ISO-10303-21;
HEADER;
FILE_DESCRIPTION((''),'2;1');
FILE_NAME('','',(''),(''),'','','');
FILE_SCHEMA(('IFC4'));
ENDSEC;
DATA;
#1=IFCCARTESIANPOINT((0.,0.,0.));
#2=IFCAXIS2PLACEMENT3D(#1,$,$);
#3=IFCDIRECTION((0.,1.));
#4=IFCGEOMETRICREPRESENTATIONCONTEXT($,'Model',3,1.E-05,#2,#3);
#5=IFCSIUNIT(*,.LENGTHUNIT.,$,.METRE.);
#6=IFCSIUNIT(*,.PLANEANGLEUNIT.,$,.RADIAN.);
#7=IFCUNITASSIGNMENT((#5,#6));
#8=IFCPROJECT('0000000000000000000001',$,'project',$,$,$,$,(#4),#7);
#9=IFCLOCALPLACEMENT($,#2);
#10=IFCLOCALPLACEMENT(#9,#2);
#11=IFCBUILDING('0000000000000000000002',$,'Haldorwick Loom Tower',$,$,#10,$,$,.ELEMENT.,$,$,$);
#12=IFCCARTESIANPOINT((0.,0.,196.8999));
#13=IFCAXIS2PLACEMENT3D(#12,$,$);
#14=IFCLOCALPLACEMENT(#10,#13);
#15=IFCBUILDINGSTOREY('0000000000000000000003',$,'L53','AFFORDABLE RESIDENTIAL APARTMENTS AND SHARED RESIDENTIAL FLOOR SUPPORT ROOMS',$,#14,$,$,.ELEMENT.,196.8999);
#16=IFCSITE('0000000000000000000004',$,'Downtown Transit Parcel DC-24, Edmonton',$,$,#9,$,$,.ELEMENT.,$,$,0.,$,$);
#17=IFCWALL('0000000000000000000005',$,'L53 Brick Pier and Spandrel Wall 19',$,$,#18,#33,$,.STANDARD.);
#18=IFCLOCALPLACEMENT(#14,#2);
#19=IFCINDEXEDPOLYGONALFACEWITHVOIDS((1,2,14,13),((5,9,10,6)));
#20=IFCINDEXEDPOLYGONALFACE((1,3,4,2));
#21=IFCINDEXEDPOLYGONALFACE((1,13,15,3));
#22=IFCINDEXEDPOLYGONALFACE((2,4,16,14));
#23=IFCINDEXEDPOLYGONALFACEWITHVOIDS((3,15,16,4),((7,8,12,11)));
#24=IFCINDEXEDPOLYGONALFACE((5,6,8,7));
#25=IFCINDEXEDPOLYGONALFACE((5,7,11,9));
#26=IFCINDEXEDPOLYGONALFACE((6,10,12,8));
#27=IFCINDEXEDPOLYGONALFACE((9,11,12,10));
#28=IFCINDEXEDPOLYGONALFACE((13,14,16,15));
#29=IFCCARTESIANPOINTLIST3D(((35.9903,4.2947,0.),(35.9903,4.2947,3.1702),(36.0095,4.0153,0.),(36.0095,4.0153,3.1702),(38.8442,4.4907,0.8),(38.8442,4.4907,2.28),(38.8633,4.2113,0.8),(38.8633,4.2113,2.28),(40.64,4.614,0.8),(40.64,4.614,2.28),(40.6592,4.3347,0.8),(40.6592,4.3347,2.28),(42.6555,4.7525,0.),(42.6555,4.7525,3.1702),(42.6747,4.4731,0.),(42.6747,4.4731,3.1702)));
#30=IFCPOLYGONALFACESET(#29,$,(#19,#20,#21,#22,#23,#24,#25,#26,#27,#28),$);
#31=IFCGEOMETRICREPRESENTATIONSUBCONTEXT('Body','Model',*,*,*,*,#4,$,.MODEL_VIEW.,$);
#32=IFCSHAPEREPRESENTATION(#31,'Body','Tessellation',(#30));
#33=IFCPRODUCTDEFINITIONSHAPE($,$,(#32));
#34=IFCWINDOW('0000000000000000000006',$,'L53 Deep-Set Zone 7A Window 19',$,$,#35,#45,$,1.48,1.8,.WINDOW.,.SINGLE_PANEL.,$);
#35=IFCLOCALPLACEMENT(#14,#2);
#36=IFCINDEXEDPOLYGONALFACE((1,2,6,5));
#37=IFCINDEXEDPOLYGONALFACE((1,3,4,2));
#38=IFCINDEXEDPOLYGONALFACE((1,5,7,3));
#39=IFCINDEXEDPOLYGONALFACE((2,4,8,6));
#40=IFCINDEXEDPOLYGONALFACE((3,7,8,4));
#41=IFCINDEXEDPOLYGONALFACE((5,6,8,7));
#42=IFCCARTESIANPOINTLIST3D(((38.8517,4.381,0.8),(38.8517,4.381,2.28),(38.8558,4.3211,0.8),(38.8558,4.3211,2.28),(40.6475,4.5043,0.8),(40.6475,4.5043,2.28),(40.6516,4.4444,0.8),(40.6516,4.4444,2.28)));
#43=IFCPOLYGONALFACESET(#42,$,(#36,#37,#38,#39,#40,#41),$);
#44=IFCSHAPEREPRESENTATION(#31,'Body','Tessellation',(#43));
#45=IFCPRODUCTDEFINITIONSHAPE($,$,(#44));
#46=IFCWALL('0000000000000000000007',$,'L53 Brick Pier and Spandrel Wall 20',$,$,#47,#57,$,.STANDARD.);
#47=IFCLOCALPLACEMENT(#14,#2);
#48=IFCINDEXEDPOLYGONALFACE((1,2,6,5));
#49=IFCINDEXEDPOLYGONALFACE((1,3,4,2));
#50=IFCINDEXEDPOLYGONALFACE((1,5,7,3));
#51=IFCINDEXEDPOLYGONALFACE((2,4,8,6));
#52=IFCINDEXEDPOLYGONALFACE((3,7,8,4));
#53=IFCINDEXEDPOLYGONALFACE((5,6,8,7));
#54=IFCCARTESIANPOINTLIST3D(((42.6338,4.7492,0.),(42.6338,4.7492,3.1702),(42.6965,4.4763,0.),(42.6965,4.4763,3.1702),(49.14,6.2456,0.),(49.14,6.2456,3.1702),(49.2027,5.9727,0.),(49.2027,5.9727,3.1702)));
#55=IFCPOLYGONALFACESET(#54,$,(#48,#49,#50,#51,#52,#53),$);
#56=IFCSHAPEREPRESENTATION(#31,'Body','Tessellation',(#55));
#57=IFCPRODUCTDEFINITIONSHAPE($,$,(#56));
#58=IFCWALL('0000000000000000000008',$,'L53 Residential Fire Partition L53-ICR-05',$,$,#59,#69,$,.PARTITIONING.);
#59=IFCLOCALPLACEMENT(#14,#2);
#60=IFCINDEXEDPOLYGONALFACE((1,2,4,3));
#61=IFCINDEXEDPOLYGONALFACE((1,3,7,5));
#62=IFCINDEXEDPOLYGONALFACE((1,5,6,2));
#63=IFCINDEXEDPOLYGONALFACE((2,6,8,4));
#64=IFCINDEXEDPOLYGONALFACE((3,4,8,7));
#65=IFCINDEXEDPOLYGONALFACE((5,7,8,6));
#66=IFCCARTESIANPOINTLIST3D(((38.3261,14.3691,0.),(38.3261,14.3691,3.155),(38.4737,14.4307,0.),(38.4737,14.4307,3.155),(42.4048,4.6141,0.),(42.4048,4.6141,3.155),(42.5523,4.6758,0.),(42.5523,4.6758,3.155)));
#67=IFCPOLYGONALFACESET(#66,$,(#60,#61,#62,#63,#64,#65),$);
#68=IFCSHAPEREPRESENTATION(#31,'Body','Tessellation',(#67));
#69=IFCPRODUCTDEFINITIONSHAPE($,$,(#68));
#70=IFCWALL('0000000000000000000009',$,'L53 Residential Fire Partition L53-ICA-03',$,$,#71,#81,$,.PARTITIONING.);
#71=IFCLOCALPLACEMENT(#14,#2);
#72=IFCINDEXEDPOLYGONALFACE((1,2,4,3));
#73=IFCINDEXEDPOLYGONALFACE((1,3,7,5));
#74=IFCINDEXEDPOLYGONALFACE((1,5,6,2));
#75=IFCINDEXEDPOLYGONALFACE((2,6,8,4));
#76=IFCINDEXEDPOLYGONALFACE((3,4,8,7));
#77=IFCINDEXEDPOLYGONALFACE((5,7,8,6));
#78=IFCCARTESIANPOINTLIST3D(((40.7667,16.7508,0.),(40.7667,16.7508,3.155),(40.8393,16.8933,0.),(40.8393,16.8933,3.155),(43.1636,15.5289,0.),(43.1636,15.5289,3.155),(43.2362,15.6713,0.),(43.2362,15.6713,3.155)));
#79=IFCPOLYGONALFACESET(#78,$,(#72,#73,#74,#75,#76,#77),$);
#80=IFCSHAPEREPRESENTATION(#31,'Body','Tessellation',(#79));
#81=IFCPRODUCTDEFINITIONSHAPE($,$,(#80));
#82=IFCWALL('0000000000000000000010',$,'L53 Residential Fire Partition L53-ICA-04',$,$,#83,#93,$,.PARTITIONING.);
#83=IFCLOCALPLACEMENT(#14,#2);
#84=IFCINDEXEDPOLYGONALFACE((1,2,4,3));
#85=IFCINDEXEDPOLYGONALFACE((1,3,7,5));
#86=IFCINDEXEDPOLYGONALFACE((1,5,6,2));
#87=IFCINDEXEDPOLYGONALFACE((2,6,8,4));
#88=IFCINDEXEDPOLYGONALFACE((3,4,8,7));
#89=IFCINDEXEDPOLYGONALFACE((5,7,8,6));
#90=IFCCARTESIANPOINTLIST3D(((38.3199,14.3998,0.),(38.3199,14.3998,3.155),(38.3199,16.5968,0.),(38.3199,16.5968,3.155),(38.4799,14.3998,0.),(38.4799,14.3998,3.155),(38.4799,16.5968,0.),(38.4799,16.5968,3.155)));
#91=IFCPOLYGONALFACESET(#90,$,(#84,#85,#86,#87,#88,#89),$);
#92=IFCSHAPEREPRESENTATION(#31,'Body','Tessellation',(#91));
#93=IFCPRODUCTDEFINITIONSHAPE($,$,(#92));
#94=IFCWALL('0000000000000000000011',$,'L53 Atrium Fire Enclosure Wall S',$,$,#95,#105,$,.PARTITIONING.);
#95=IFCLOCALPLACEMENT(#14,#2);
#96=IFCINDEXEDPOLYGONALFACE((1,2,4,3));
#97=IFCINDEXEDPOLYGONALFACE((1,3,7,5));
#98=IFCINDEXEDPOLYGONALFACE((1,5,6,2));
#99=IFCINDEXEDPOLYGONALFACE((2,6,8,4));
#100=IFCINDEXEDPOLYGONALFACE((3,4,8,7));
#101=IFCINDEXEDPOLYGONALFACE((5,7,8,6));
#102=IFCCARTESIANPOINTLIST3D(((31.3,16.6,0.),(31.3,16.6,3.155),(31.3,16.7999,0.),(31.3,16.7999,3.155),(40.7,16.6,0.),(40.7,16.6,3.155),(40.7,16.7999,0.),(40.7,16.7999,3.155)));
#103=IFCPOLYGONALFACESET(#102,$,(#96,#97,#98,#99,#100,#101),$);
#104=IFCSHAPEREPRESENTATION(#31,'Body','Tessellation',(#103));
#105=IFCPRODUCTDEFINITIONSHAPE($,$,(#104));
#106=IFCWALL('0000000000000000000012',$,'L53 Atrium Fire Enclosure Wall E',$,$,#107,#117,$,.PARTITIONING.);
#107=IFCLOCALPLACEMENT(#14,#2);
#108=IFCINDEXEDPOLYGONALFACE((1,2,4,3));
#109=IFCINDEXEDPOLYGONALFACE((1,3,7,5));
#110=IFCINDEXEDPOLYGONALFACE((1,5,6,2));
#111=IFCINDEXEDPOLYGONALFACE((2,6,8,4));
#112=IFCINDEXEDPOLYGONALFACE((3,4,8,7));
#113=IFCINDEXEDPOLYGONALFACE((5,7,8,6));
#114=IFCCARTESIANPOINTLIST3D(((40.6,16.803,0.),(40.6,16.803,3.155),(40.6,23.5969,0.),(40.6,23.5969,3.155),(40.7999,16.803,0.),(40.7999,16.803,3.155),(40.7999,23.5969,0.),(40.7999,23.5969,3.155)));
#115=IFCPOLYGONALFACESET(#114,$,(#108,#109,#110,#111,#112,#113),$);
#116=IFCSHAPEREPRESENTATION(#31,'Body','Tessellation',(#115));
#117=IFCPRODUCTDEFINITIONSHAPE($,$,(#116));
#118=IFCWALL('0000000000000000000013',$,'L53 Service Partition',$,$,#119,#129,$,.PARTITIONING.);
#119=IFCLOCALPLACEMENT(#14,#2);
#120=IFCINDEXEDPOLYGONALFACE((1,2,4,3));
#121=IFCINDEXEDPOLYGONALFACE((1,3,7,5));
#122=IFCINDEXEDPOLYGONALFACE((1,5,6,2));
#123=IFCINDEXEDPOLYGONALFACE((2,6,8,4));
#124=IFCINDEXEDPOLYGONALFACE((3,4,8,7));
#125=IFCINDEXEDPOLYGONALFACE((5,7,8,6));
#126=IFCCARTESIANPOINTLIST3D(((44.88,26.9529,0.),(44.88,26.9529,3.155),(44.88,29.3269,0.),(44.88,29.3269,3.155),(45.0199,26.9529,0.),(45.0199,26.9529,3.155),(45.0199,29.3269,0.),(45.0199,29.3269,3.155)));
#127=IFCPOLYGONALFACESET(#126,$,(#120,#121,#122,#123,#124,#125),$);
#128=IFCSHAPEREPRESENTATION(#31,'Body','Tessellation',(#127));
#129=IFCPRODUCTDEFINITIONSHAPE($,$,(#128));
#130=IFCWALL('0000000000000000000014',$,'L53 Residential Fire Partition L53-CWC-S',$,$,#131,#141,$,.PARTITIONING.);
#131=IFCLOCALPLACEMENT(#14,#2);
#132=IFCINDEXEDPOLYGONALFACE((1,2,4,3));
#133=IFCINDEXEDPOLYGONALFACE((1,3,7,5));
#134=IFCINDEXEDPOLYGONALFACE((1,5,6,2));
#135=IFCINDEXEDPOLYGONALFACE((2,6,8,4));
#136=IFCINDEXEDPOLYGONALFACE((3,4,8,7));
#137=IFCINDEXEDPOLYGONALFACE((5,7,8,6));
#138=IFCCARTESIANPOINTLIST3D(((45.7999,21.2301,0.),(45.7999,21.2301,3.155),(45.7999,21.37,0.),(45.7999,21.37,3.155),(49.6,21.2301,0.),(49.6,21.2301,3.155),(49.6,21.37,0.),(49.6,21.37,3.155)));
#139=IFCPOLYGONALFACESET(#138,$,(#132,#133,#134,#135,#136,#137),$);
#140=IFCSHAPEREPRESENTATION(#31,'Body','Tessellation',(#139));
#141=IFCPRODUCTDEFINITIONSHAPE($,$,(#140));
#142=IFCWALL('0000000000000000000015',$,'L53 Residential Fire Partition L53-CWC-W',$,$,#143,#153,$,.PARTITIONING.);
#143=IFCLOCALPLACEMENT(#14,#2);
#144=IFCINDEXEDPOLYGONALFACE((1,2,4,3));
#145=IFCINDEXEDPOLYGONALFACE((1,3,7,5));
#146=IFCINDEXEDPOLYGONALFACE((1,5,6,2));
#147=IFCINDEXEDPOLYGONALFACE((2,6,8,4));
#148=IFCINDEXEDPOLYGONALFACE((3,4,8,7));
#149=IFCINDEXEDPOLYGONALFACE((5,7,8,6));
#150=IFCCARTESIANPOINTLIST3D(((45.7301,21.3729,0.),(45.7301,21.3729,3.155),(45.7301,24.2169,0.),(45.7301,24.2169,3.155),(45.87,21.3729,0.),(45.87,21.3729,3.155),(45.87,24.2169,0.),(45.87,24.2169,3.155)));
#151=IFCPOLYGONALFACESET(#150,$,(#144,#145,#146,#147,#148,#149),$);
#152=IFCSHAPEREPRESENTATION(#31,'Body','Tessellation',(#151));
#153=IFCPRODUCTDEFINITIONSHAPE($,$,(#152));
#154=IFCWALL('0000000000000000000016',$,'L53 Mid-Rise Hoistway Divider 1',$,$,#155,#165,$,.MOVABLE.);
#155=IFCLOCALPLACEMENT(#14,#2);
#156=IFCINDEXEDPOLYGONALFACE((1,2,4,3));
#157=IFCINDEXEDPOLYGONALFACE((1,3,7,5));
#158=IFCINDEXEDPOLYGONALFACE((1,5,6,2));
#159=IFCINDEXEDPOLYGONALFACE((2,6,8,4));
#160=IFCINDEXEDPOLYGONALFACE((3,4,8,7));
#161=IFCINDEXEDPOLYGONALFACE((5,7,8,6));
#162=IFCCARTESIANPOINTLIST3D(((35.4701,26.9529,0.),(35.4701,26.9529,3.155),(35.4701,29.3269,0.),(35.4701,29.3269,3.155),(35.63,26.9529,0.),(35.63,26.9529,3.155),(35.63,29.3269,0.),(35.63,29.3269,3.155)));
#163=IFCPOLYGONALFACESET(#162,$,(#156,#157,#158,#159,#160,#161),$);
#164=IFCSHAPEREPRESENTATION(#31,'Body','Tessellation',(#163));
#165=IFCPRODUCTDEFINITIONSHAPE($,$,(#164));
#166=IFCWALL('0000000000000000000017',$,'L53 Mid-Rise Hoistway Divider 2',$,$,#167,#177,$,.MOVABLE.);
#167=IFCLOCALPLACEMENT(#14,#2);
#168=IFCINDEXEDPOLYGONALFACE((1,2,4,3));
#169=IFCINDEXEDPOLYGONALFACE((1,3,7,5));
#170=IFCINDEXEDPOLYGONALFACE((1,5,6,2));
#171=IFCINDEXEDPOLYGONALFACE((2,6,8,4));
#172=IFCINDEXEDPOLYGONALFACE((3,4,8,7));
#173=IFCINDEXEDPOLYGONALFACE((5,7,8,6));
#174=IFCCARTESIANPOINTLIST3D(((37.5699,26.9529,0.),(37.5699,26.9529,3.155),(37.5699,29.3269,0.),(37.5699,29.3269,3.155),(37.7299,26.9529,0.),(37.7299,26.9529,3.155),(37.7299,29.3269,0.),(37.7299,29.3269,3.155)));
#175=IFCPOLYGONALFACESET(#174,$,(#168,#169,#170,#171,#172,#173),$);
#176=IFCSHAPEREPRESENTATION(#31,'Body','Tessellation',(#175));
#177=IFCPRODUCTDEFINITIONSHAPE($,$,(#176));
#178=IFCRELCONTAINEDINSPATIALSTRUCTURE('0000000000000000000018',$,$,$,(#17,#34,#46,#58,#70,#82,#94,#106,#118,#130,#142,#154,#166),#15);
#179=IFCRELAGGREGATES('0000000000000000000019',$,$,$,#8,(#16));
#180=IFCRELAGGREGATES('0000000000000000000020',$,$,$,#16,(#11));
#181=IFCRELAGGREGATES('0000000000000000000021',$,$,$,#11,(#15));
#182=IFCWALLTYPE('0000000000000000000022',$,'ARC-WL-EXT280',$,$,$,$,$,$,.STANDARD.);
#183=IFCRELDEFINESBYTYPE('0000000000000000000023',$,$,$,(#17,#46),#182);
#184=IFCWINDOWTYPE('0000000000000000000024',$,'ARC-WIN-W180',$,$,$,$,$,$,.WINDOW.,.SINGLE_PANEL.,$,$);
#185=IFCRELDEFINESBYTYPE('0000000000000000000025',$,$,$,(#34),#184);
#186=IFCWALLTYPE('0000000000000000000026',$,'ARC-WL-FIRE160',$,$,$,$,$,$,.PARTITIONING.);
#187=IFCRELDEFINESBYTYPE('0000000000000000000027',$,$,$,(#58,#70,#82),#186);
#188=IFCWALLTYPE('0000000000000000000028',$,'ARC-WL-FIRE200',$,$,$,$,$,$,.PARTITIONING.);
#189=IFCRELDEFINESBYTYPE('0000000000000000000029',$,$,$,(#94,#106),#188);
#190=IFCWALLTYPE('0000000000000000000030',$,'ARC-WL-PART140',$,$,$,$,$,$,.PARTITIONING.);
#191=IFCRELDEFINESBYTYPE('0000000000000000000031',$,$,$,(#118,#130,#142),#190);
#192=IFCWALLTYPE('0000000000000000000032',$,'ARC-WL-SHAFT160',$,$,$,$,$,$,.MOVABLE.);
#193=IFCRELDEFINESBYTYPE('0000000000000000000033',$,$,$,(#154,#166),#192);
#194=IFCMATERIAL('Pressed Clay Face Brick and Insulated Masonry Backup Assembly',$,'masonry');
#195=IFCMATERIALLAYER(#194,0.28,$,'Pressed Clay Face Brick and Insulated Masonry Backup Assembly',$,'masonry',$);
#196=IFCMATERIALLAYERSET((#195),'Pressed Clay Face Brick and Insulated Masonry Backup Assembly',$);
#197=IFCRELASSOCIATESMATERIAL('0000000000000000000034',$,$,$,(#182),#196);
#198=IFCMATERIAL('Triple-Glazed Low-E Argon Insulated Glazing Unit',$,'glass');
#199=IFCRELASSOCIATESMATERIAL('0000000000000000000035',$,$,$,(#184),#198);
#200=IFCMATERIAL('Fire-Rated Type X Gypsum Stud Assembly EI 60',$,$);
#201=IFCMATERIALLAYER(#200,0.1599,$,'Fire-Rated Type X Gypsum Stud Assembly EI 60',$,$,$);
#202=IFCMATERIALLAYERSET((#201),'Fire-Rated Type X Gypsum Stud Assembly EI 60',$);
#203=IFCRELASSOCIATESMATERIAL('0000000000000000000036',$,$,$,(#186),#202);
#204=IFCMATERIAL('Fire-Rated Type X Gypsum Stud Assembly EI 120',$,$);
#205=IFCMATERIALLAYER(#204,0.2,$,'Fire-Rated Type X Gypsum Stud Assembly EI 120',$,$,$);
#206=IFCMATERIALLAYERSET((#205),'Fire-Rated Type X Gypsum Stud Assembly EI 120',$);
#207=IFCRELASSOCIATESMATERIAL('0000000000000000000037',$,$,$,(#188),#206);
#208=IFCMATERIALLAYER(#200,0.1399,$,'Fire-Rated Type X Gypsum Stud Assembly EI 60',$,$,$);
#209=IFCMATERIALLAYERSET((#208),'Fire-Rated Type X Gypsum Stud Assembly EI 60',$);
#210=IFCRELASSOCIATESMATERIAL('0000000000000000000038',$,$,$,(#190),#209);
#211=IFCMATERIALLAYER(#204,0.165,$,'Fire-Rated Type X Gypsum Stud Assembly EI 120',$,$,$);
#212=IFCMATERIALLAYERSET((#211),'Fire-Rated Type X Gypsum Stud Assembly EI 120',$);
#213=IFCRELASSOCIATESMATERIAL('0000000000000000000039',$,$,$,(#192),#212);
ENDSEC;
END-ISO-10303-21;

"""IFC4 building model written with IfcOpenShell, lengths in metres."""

from ifc_helpers import new_model, si_unit, direction, frame, frame_2d, origin, place, context, subcontext, project, spatial, rectangle, extrude, material, layer, layer_set, type_object, element, fill, save


model = new_model("IFC4")

# Units and contexts
model_context = context("Model", 3, precision=1e-05, world=origin(), true_north=direction((0.0, 1.0)))
body_context = subcontext(model_context, "Body", "Model", "MODEL_VIEW")
ifc_project = project(units=[si_unit("LENGTHUNIT", "METRE"), si_unit("PLANEANGLEUNIT", "RADIAN")], contexts=[model_context])

# Site, building, storey
site_placement = place(None, origin())
site = spatial("IfcSite", under=ifc_project, at=site_placement, Name="Downtown Transit Parcel DC-24, Edmonton", CompositionType="ELEMENT", RefElevation=0.0)
building_placement = place(site_placement, origin())
building = spatial("IfcBuilding", under=site, at=building_placement, Name="Haldorwick Loom Tower", CompositionType="ELEMENT")
storey_placement = place(building_placement, frame((0.0, 0.0, 196.8999)))
storey = spatial("IfcBuildingStorey", under=building, at=storey_placement, Name="L53", Description="AFFORDABLE RESIDENTIAL APARTMENTS AND SHARED RESIDENTIAL FLOOR SUPPORT ROOMS", CompositionType="ELEMENT", Elevation=196.8999)

# Wall, opening, window
ifc_material_1 = material(Name="Pressed Clay Face Brick and Insulated Masonry Backup Assembly", Category="masonry")
ifc_layer_1 = layer(ifc_material_1, 0.28, Name="Pressed Clay Face Brick and Insulated Masonry Backup Assembly", Category="masonry")
ifc_layer_set_1 = layer_set([ifc_layer_1], Name="Pressed Clay Face Brick and Insulated Masonry Backup Assembly")
wall_type_1 = type_object("IfcWallType", Name="ARC-WL-EXT280", PredefinedType="STANDARD", material=ifc_layer_set_1)
wall_1_placement = place(storey_placement, frame((36.0, 4.155, 0.0), z_axis=(0.0, 0.0, 1.0), x_axis=(0.99765, 0.068517, 0.0)))
wall_1 = element("IfcWall", 1, at=wall_1_placement, inside=storey, type_object=wall_type_1, Name="L53 Brick Pier and Spandrel Wall 19", PredefinedType="STANDARD", context=body_context, shape_type="SweptSolid", body=[
    extrude(rectangle(XDim=6.6809, YDim=0.28, at=frame_2d((3.3403, 0.0))), origin(), (0.0, 0.0, 1.0), 3.1702),
])
opening_placement = place(wall_1_placement, frame((2.8606, 0.0, 0.8)))
opening = element("IfcOpeningElement", 2, at=opening_placement, cuts=wall_1, PredefinedType="OPENING", context=body_context, shape_type="SweptSolid", body=[
    extrude(rectangle(XDim=1.8, YDim=1.48, at=frame_2d((0.8999, 0.74))), frame((0.0, 0.1499, 0.0), z_axis=(0.0, -1.0, 0.0), x_axis=(1.0, 0.0, 0.0)), (0.0, 0.0, 1.0), 0.3),
])
ifc_material_2 = material(Name="Triple-Glazed Low-E Argon Insulated Glazing Unit", Category="glass")
window_type = type_object("IfcWindowType", Name="ARC-WIN-W180", PartitioningType="SINGLE_PANEL", PredefinedType="WINDOW", material=ifc_material_2)
window_placement = place(opening_placement, origin())
window = element("IfcWindow", 3, at=window_placement, inside=storey, type_object=window_type, Name="L53 Deep-Set Zone 7A Window 19", OverallHeight=1.48, OverallWidth=1.8, PartitioningType="SINGLE_PANEL", PredefinedType="WINDOW", context=body_context, shape_type="SweptSolid", body=[
    extrude(rectangle(XDim=1.8, YDim=1.48, at=frame_2d((0.8999, 0.74))), frame((0.0, 0.03, 0.0), z_axis=(0.0, -1.0, 0.0), x_axis=(1.0, 0.0, 0.0)), (0.0, 0.0, 1.0), 0.0601),
])
fill(opening, window)

# Walls
wall_2_placement = place(storey_placement, frame((42.6653, 4.6128, 0.0), z_axis=(0.0, 0.0, 1.0), x_axis=(0.974557, 0.224138, 0.0)))
element("IfcWall", 4, at=wall_2_placement, inside=storey, type_object=wall_type_1, Name="L53 Brick Pier and Spandrel Wall 20", PredefinedType="STANDARD", context=body_context, shape_type="SweptSolid", body=[
    extrude(rectangle(XDim=6.676, YDim=0.28, at=frame_2d((3.3379, 0.0))), origin(), (0.0, 0.0, 1.0), 3.1702),
])
ifc_material_3 = material(Name="Fire-Rated Type X Gypsum Stud Assembly EI 60")
ifc_layer_2 = layer(ifc_material_3, 0.1599, Name="Fire-Rated Type X Gypsum Stud Assembly EI 60")
ifc_layer_set_2 = layer_set([ifc_layer_2], Name="Fire-Rated Type X Gypsum Stud Assembly EI 60")
wall_type_2 = type_object("IfcWallType", Name="ARC-WL-FIRE160", PredefinedType="PARTITIONING", material=ifc_layer_set_2)
wall_3_placement = place(storey_placement, frame((38.3999, 14.3999, 0.0), z_axis=(0.0, 0.0, 1.0), x_axis=(0.38575, -0.922603, 0.0)))
element("IfcWall", 5, at=wall_3_placement, inside=storey, type_object=wall_type_2, Name="L53 Residential Fire Partition L53-ICR-05", PredefinedType="PARTITIONING", context=body_context, shape_type="SweptSolid", body=[
    extrude(rectangle(XDim=10.5732, YDim=0.1599, at=frame_2d((5.2866, 0.0))), origin(), (0.0, 0.0, 1.0), 3.155),
])
wall_4_placement = place(storey_placement, frame((40.803, 16.822, 0.0), z_axis=(0.0, 0.0, 1.0), x_axis=(0.890916, -0.454169, 0.0)))
element("IfcWall", 6, at=wall_4_placement, inside=storey, type_object=wall_type_2, Name="L53 Residential Fire Partition L53-ICA-03", PredefinedType="PARTITIONING", context=body_context, shape_type="SweptSolid", body=[
    extrude(rectangle(XDim=2.6904, YDim=0.1599, at=frame_2d((1.3452, 0.0))), origin(), (0.0, 0.0, 1.0), 3.155),
])
wall_5_placement = place(storey_placement, frame((38.3999, 16.5969, 0.0), z_axis=(0.0, 0.0, 1.0), x_axis=(0.0, -1.0, 0.0)))
element("IfcWall", 7, at=wall_5_placement, inside=storey, type_object=wall_type_2, Name="L53 Residential Fire Partition L53-ICA-04", PredefinedType="PARTITIONING", context=body_context, shape_type="SweptSolid", body=[
    extrude(rectangle(XDim=2.197, YDim=0.1599, at=frame_2d((1.0986, 0.0))), origin(), (0.0, 0.0, 1.0), 3.155),
])
ifc_material_4 = material(Name="Fire-Rated Type X Gypsum Stud Assembly EI 120")
ifc_layer_3 = layer(ifc_material_4, 0.2, Name="Fire-Rated Type X Gypsum Stud Assembly EI 120")
ifc_layer_set_3 = layer_set([ifc_layer_3], Name="Fire-Rated Type X Gypsum Stud Assembly EI 120")
wall_type_3 = type_object("IfcWallType", Name="ARC-WL-FIRE200", PredefinedType="PARTITIONING", material=ifc_layer_set_3)
wall_6_placement = place(storey_placement, frame((40.7, 16.7, 0.0), z_axis=(0.0, 0.0, 1.0), x_axis=(-1.0, 0.0, 0.0)))
element("IfcWall", 8, at=wall_6_placement, inside=storey, type_object=wall_type_3, Name="L53 Atrium Fire Enclosure Wall S", PredefinedType="PARTITIONING", context=body_context, shape_type="SweptSolid", body=[
    extrude(rectangle(XDim=9.3999, YDim=0.2, at=frame_2d((4.7, 0.0))), origin(), (0.0, 0.0, 1.0), 3.155),
])
wall_7_placement = place(storey_placement, frame((40.7, 23.5969, 0.0), z_axis=(0.0, 0.0, 1.0), x_axis=(0.0, -1.0, 0.0)))
element("IfcWall", 9, at=wall_7_placement, inside=storey, type_object=wall_type_3, Name="L53 Atrium Fire Enclosure Wall E", PredefinedType="PARTITIONING", context=body_context, shape_type="SweptSolid", body=[
    extrude(rectangle(XDim=6.7939, YDim=0.2, at=frame_2d((3.397, 0.0))), origin(), (0.0, 0.0, 1.0), 3.155),
])
ifc_layer_4 = layer(ifc_material_3, 0.1399, Name="Fire-Rated Type X Gypsum Stud Assembly EI 60")
ifc_layer_set_4 = layer_set([ifc_layer_4], Name="Fire-Rated Type X Gypsum Stud Assembly EI 60")
wall_type_4 = type_object("IfcWallType", Name="ARC-WL-PART140", PredefinedType="PARTITIONING", material=ifc_layer_set_4)
wall_8_placement = place(storey_placement, frame((44.95, 26.9529, 0.0), z_axis=(0.0, 0.0, 1.0), x_axis=(0.0, 1.0, 0.0)))
element("IfcWall", 10, at=wall_8_placement, inside=storey, type_object=wall_type_4, Name="L53 Service Partition", PredefinedType="PARTITIONING", context=body_context, shape_type="SweptSolid", body=[
    extrude(rectangle(XDim=2.374, YDim=0.1399, at=frame_2d((1.187, 0.0))), origin(), (0.0, 0.0, 1.0), 3.155),
])
wall_9_placement = place(storey_placement, frame((45.8, 21.3, 0.0), z_axis=(0.0, 0.0, 1.0), x_axis=(1.0, 0.0, 0.0)))
element("IfcWall", 11, at=wall_9_placement, inside=storey, type_object=wall_type_4, Name="L53 Residential Fire Partition L53-CWC-S", PredefinedType="PARTITIONING", context=body_context, shape_type="SweptSolid", body=[
    extrude(rectangle(XDim=3.8, YDim=0.1399, at=frame_2d((1.8999, 0.0))), origin(), (0.0, 0.0, 1.0), 3.155),
])
wall_10_placement = place(storey_placement, frame((45.8, 21.373, 0.0), z_axis=(0.0, 0.0, 1.0), x_axis=(0.0, 1.0, 0.0)))
element("IfcWall", 12, at=wall_10_placement, inside=storey, type_object=wall_type_4, Name="L53 Residential Fire Partition L53-CWC-W", PredefinedType="PARTITIONING", context=body_context, shape_type="SweptSolid", body=[
    extrude(rectangle(XDim=2.844, YDim=0.1399, at=frame_2d((1.4219, 0.0))), origin(), (0.0, 0.0, 1.0), 3.155),
])
ifc_layer_5 = layer(ifc_material_4, 0.165, Name="Fire-Rated Type X Gypsum Stud Assembly EI 120")
ifc_layer_set_5 = layer_set([ifc_layer_5], Name="Fire-Rated Type X Gypsum Stud Assembly EI 120")
wall_type_5 = type_object("IfcWallType", Name="ARC-WL-SHAFT160", PredefinedType="MOVABLE", material=ifc_layer_set_5)
for number, where, z_axis, x_axis, name in (
    (13, (35.55, 26.9529, 0.0), (0.0, 0.0, 1.0), (0.0, 1.0, 0.0), "L53 Mid-Rise Hoistway Divider 1"),
    (14, (37.6499, 26.9529, 0.0), (0.0, 0.0, 1.0), (0.0, 1.0, 0.0), "L53 Mid-Rise Hoistway Divider 2"),
):
    element("IfcWall", number, at=place(storey_placement, frame(where, z_axis=z_axis, x_axis=x_axis)), inside=storey, type_object=wall_type_5, Name=name, PredefinedType="MOVABLE", context=body_context, shape_type="SweptSolid", body=[
        extrude(rectangle(XDim=2.374, YDim=0.1599, at=frame_2d((1.187, 0.0))), origin(), (0.0, 0.0, 1.0), 3.155),
    ])

save(model, "model.ifc")
